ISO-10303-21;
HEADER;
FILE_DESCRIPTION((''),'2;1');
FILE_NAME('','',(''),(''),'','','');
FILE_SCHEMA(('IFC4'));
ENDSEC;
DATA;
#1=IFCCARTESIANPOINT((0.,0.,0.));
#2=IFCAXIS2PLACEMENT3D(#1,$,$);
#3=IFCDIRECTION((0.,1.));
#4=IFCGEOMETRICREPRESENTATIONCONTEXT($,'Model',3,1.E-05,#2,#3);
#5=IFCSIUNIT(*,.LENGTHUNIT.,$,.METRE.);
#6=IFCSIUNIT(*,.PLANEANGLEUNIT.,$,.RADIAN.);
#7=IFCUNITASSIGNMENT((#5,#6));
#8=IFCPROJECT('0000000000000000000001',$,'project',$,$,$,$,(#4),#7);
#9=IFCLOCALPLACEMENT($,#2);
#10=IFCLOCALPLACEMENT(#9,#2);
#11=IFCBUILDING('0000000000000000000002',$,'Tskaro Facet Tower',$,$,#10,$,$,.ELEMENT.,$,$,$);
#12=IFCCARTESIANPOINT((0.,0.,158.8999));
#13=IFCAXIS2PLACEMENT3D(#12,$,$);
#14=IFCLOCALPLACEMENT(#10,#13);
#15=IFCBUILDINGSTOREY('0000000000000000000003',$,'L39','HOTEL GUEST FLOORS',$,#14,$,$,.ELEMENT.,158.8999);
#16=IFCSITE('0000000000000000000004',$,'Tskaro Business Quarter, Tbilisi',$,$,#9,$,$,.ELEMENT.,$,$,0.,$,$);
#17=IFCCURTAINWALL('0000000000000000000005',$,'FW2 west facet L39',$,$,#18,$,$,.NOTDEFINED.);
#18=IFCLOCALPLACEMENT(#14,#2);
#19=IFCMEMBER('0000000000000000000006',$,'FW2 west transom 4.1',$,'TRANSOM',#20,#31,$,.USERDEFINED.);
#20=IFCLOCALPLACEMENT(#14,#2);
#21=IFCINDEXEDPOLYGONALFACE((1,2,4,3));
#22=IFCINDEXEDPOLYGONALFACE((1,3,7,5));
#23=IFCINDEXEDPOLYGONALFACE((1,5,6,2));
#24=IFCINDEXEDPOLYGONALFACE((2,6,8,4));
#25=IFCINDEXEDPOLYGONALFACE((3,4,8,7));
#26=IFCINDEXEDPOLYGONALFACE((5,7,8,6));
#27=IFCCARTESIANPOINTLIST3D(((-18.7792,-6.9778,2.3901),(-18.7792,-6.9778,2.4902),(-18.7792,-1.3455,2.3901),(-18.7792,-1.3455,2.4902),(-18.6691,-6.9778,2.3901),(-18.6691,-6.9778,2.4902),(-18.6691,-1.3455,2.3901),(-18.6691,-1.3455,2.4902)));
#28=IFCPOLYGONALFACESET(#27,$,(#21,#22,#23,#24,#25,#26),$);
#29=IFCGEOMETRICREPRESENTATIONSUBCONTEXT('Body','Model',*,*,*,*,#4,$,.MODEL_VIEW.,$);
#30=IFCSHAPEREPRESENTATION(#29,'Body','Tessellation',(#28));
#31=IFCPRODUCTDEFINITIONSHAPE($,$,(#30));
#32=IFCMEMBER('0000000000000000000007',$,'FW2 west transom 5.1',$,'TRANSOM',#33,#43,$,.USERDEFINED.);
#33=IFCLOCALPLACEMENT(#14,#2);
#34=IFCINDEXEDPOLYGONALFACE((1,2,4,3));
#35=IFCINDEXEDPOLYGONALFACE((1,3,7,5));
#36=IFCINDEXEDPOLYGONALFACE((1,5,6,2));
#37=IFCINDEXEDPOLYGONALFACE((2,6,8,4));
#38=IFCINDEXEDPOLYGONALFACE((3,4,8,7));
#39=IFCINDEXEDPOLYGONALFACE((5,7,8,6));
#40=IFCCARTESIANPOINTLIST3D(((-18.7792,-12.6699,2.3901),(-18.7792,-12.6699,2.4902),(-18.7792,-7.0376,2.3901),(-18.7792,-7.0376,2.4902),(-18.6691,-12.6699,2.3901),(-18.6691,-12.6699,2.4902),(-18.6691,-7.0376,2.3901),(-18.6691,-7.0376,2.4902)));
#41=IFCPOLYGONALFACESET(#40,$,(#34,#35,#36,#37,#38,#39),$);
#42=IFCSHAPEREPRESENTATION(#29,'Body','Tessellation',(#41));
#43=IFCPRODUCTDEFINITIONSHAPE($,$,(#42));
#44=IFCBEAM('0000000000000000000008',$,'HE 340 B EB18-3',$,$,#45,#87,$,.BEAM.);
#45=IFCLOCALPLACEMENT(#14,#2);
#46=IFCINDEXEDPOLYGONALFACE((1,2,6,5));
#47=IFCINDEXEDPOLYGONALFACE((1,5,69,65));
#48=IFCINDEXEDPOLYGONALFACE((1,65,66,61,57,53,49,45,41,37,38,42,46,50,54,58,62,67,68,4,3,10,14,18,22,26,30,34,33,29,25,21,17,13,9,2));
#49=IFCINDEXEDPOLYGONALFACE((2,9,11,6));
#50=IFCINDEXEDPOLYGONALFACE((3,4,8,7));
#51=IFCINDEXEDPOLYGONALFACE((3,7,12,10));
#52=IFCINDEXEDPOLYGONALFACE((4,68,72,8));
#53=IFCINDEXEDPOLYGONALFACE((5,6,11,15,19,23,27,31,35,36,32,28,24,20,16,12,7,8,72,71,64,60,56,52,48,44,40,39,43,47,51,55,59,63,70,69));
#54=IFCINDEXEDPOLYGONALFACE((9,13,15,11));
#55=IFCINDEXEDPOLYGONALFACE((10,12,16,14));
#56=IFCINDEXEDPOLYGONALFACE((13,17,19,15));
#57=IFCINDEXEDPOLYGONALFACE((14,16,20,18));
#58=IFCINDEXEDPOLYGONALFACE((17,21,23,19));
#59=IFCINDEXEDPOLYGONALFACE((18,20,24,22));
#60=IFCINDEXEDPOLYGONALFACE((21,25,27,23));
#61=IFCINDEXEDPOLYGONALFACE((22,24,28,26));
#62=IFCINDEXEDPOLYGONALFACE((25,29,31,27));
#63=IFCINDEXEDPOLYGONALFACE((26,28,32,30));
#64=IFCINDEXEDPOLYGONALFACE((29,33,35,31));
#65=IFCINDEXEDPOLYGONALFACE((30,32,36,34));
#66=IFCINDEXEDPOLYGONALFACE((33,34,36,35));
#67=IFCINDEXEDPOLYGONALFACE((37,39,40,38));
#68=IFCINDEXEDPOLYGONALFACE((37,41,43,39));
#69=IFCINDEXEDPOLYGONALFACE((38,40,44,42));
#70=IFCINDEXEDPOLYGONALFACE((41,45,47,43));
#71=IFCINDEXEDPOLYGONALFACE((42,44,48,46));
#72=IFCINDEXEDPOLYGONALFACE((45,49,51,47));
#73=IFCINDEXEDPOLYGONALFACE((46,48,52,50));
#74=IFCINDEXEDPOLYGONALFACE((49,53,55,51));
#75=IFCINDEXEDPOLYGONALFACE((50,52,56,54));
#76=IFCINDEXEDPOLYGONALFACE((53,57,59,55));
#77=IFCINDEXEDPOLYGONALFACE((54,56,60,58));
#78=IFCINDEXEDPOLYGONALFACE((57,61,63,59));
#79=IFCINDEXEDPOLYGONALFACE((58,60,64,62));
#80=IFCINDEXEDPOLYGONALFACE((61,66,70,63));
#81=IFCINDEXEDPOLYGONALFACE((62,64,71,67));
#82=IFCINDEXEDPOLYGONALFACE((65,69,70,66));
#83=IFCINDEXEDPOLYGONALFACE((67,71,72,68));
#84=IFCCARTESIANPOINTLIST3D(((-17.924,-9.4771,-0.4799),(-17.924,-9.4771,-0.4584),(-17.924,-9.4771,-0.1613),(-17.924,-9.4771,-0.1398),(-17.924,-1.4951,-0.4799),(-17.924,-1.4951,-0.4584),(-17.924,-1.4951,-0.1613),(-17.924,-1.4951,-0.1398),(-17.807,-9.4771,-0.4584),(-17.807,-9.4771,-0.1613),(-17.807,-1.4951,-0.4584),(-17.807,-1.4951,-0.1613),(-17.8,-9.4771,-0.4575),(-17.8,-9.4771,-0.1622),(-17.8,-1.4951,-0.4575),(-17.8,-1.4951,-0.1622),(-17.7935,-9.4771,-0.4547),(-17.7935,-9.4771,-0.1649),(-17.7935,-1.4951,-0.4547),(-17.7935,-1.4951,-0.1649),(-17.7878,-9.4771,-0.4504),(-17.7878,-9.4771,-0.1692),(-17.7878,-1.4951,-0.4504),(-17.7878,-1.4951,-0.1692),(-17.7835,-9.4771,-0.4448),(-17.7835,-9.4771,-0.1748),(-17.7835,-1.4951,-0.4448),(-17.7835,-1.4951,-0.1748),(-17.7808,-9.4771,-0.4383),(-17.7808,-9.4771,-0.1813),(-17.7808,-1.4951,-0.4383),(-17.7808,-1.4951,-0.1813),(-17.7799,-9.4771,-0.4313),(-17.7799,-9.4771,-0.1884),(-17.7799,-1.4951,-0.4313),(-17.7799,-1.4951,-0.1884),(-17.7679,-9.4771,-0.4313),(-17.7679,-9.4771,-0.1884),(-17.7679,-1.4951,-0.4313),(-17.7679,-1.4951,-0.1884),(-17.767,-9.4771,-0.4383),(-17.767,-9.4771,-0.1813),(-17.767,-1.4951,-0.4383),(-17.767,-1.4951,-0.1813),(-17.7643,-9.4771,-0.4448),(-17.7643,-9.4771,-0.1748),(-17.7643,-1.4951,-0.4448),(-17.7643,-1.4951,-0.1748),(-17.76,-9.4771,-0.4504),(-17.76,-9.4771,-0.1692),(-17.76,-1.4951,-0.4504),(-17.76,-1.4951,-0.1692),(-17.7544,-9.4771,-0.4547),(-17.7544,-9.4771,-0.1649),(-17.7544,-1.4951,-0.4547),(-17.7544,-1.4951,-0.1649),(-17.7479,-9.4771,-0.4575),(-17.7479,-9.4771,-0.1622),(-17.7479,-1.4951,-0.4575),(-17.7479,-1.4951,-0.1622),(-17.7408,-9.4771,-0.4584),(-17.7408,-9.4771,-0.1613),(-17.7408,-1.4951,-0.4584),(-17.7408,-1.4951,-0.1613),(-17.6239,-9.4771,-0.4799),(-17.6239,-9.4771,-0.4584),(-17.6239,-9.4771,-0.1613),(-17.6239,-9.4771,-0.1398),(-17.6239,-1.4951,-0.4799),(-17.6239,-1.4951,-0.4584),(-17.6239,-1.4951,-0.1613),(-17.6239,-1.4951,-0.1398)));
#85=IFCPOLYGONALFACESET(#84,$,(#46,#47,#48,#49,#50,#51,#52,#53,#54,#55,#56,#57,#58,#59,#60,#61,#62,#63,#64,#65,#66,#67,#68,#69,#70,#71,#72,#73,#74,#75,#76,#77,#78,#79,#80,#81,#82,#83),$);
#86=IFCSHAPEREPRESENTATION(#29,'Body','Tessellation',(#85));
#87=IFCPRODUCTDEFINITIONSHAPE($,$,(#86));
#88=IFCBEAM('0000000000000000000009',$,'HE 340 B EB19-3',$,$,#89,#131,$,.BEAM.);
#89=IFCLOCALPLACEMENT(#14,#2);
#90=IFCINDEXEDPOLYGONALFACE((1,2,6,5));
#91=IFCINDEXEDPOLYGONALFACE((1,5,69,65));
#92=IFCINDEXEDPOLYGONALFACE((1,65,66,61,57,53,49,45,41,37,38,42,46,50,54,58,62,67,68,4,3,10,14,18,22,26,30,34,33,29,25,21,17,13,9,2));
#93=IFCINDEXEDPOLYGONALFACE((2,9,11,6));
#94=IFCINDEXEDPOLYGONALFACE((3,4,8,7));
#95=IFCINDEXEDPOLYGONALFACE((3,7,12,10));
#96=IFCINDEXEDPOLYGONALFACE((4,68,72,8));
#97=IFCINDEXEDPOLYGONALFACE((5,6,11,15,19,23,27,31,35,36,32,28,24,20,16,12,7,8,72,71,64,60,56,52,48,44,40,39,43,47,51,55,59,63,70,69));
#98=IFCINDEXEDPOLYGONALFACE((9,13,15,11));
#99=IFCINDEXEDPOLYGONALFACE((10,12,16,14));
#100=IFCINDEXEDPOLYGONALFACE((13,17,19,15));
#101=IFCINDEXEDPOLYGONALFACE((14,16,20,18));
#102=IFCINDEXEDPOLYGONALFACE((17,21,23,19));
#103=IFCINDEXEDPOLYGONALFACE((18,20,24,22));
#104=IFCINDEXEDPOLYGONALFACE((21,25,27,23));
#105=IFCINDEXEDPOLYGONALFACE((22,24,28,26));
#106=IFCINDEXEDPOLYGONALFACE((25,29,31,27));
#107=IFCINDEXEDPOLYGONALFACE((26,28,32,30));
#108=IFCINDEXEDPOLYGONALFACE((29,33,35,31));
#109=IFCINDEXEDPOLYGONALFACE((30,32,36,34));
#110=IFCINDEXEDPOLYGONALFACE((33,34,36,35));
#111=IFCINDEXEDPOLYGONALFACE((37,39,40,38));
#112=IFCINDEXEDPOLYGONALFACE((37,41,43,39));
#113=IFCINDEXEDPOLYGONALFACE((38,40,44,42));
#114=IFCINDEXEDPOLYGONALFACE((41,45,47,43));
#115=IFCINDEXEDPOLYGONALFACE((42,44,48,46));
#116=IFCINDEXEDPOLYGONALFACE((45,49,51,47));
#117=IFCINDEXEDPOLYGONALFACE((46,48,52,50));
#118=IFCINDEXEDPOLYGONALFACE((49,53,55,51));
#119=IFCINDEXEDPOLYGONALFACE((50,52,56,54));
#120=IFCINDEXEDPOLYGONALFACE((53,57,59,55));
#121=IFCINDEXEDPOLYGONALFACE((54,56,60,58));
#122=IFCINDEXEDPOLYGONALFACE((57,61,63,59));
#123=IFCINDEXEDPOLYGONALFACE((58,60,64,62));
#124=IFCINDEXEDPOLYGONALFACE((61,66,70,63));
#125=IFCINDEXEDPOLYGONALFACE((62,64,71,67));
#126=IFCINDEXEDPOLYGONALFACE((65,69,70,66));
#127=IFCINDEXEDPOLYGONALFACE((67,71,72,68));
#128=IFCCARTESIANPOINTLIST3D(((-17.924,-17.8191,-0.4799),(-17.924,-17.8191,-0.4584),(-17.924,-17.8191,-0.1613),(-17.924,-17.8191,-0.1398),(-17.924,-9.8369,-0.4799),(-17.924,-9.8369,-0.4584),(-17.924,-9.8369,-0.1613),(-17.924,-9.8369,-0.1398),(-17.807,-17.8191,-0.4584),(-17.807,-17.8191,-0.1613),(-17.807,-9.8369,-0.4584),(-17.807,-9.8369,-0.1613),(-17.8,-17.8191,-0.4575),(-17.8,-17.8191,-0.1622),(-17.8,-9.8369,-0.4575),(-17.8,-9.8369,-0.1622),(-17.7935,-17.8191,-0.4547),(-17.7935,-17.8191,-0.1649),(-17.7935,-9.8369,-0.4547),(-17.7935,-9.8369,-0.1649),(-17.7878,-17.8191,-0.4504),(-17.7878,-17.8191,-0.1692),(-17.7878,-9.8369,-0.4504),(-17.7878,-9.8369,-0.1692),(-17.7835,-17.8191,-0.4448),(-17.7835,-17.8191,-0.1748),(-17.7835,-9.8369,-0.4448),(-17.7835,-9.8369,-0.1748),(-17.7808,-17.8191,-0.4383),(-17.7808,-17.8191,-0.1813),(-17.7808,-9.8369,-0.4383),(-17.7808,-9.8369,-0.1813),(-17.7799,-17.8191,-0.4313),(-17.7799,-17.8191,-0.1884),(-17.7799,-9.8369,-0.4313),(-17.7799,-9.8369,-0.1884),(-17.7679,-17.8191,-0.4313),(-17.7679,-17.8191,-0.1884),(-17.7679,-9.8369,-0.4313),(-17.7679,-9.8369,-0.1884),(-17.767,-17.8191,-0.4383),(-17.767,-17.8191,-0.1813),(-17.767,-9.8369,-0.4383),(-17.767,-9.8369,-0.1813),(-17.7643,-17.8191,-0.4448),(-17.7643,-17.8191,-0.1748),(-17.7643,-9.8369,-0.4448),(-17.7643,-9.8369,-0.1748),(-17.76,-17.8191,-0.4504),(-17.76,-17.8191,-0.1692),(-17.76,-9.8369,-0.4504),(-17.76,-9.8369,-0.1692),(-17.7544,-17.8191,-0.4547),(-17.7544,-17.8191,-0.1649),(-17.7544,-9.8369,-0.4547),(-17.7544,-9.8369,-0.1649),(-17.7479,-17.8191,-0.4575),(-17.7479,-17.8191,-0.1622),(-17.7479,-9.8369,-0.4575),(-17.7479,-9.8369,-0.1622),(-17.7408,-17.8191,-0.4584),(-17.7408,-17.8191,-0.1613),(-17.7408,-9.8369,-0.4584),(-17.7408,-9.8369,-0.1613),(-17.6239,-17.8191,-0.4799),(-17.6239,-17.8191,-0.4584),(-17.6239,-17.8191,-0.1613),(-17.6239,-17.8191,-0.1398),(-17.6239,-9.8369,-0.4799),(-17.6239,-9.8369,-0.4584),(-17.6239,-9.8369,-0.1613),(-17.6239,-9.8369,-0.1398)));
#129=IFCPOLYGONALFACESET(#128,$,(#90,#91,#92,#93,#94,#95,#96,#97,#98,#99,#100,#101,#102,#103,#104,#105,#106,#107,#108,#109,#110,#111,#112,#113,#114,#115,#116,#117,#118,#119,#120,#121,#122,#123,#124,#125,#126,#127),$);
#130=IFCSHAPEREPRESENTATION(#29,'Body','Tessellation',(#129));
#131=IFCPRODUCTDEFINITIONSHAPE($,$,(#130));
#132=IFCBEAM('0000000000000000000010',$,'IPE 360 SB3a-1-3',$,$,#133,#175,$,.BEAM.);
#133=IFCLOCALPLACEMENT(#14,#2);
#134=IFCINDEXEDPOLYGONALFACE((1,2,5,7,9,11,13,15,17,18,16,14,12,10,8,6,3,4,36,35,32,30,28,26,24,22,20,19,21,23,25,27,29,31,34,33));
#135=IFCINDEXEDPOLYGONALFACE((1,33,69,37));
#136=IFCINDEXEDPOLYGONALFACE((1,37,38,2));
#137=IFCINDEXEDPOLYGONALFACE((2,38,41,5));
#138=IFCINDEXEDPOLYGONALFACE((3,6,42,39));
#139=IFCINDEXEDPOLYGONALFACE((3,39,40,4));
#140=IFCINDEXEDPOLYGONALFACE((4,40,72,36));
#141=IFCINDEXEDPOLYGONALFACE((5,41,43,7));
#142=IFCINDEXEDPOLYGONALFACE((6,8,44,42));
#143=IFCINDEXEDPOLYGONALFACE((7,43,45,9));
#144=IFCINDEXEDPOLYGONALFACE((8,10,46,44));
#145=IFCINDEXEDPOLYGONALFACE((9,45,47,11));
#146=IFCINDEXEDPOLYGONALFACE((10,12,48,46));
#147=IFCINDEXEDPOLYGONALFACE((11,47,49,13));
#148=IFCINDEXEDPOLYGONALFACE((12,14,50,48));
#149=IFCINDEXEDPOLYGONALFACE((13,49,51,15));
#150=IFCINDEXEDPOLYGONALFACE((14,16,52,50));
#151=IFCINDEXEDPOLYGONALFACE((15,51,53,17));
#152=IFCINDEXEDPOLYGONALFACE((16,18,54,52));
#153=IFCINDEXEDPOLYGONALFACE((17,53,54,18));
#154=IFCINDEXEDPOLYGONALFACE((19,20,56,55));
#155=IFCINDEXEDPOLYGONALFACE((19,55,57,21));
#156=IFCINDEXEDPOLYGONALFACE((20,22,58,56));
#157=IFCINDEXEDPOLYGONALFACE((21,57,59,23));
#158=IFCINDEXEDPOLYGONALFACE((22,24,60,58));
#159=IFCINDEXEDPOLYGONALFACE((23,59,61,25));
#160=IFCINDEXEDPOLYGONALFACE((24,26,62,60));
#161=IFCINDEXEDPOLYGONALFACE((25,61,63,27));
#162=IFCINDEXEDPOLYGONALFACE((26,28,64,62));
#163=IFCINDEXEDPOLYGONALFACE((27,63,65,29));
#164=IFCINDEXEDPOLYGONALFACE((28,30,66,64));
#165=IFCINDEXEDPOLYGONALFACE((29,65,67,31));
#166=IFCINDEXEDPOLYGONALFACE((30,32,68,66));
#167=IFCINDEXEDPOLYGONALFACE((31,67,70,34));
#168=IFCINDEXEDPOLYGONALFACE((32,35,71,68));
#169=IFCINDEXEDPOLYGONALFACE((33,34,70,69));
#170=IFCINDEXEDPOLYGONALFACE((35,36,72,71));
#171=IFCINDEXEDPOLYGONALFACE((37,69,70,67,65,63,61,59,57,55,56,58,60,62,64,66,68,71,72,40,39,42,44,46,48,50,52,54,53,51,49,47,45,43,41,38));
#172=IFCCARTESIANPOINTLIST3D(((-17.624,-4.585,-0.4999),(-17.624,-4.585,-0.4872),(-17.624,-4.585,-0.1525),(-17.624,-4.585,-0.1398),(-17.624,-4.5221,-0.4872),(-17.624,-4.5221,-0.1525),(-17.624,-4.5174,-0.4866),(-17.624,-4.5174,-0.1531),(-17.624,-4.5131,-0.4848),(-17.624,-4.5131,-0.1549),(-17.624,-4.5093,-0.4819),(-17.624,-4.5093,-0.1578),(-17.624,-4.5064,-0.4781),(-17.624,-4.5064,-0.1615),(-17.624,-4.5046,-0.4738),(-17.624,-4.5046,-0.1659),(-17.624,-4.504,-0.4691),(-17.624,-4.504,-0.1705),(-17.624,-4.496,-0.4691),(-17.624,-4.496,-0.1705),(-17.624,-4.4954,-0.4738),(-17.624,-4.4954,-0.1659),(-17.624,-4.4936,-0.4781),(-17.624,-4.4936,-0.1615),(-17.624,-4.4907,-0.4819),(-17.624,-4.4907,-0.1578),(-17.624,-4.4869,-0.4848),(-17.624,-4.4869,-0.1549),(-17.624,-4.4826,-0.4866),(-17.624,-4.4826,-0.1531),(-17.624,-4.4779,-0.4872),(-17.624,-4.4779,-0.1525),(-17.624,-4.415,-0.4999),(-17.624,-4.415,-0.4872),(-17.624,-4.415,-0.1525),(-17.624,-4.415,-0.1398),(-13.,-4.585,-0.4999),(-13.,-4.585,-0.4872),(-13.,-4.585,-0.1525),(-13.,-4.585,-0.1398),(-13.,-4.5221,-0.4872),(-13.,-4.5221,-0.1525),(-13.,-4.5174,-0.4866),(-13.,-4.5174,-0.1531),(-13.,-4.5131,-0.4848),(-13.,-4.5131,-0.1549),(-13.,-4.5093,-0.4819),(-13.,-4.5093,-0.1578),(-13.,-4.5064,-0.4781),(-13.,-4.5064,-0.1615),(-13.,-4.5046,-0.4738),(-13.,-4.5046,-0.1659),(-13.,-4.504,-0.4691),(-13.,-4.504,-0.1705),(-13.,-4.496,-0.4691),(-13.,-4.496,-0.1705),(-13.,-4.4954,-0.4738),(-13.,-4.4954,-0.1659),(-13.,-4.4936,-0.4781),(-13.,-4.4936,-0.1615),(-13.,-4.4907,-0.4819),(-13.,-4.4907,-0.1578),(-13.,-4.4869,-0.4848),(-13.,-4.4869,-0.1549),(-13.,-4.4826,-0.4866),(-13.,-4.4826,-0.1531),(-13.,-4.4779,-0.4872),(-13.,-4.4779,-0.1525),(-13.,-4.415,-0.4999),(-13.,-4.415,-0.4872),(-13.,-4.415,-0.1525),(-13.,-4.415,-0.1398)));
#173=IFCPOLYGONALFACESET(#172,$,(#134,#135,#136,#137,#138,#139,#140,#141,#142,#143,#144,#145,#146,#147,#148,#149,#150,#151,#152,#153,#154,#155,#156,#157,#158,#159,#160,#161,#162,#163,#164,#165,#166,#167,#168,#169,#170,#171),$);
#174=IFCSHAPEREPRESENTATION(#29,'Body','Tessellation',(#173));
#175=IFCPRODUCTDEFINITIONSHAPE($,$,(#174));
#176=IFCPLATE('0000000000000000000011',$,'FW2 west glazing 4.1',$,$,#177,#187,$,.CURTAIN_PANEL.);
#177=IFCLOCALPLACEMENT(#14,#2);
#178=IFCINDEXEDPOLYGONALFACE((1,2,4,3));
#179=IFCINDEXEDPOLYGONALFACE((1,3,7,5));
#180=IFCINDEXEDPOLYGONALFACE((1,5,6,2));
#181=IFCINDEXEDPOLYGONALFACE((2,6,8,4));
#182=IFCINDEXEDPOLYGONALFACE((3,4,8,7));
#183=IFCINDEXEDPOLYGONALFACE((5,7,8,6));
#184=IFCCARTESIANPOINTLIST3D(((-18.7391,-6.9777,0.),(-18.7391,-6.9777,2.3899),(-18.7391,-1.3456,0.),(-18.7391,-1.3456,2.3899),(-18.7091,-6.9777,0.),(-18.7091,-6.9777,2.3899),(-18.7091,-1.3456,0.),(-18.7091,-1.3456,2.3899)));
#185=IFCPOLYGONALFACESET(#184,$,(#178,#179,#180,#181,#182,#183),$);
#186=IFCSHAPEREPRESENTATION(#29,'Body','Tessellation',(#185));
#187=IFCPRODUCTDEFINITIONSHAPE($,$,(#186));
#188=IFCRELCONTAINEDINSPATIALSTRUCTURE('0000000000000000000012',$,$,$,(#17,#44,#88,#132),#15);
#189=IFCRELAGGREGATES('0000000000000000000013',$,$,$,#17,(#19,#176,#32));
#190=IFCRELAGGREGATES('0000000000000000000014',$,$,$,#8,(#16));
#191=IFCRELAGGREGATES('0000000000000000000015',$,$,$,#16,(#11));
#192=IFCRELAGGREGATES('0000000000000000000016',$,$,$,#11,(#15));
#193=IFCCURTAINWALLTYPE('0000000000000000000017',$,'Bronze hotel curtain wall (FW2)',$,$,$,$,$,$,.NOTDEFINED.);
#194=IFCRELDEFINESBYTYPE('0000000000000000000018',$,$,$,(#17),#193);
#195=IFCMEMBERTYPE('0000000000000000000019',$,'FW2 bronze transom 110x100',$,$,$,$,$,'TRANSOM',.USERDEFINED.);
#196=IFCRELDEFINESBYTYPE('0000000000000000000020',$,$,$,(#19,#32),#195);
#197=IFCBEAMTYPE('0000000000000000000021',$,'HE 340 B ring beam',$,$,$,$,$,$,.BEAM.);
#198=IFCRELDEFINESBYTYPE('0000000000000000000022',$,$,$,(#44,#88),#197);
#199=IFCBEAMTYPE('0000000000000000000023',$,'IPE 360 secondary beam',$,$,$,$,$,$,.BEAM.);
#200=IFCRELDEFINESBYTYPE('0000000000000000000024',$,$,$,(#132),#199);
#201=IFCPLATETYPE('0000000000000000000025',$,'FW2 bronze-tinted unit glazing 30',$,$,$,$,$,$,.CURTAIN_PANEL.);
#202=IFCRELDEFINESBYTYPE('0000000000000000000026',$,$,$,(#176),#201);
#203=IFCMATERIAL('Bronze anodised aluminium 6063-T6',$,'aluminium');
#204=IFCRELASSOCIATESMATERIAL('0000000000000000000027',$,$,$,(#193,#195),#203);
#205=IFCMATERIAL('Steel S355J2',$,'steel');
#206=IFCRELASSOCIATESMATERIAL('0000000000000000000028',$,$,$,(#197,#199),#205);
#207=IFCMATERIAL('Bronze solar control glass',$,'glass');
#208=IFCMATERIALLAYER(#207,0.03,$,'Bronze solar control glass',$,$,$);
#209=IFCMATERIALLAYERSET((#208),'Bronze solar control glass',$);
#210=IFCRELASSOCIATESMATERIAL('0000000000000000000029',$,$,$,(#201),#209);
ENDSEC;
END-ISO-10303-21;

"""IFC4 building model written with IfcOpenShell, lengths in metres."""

from ifc_helpers import new_model, si_unit, direction, frame, origin, origin_2d, place, context, subcontext, project, spatial, rectangle, i_section, extrude, material, layer, layer_set, material_profile, profile_set, type_object, element, aggregate, save


model = new_model("IFC4")

# Units and contexts
model_context = context("Model", 3, precision=1e-05, world=origin(), true_north=direction((0.0, 1.0)))
body_context = subcontext(model_context, "Body", "Model", "MODEL_VIEW")
ifc_project = project(units=[si_unit("LENGTHUNIT", "METRE"), si_unit("PLANEANGLEUNIT", "RADIAN")], contexts=[model_context])

# Site, building, storey
site_placement = place(None, origin())
site = spatial("IfcSite", under=ifc_project, at=site_placement, Name="Tskaro Business Quarter, Tbilisi", CompositionType="ELEMENT", RefElevation=0.0)
building_placement = place(site_placement, origin())
building = spatial("IfcBuilding", under=site, at=building_placement, Name="Tskaro Facet Tower", CompositionType="ELEMENT")
storey_placement = place(building_placement, frame((0.0, 0.0, 158.8999)))
storey = spatial("IfcBuildingStorey", under=building, at=storey_placement, Name="L39", Description="HOTEL GUEST FLOORS", CompositionType="ELEMENT", Elevation=158.8999)

# Curtain wall, members
ifc_material_1 = material(Name="Bronze anodised aluminium 6063-T6", Category="aluminium")
curtain_wall_type = type_object("IfcCurtainWallType", Name="Bronze hotel curtain wall (FW2)", PredefinedType="NOTDEFINED", material=ifc_material_1)
curtain_wall_placement = place(storey_placement, origin())
curtain_wall = element("IfcCurtainWall", 1, at=curtain_wall_placement, inside=storey, type_object=curtain_wall_type, Name="FW2 west facet L39", PredefinedType="NOTDEFINED")
ifc_material_profile_1 = material_profile(ifc_material_1, rectangle(XDim=0.1101, YDim=0.1001, at=origin_2d()), Name="Transom 110x100")
ifc_profile_set_1 = profile_set([ifc_material_profile_1], Name="Bronze anodised aluminium 6063-T6")
member_type_1 = type_object("IfcMemberType", Name="FW2 bronze transom 110x100", ElementType="TRANSOM", PredefinedType="USERDEFINED", material=ifc_profile_set_1)
member_1_placement = place(storey_placement, frame((-18.7241, -1.3455, 2.4402), z_axis=(0.0, -1.0, 0.0), x_axis=(1.0, 0.0, 0.0)))
member_1 = element("IfcMember", 2, at=member_1_placement, type_object=member_type_1, Name="FW2 west transom 4.1", ObjectType="TRANSOM", PredefinedType="USERDEFINED", context=body_context, shape_type="SweptSolid", body=[
    extrude(rectangle(XDim=0.1101, YDim=0.1001, at=origin_2d()), origin(), (0.0, 0.0, 1.0), 5.6323),
])
member_2_placement = place(storey_placement, frame((-18.7241, -7.0376, 2.4402), z_axis=(0.0, -1.0, 0.0), x_axis=(1.0, 0.0, 0.0)))
member_2 = element("IfcMember", 3, at=member_2_placement, type_object=member_type_1, Name="FW2 west transom 5.1", ObjectType="TRANSOM", PredefinedType="USERDEFINED", context=body_context, shape_type="SweptSolid", body=[
    extrude(rectangle(XDim=0.1101, YDim=0.1001, at=origin_2d()), origin(), (0.0, 0.0, 1.0), 5.6323),
])

# Beams
ifc_material_2 = material(Name="Steel S355J2", Category="steel")
ifc_material_profile_2 = material_profile(ifc_material_2, i_section(OverallWidth=0.3, OverallDepth=0.3401, WebThickness=0.012, FlangeThickness=0.0215, FilletRadius=0.0271, at=origin_2d()), Name="HE 340 B")
ifc_profile_set_2 = profile_set([ifc_material_profile_2], Name="Steel S355J2")
beam_type_1 = type_object("IfcBeamType", Name="HE 340 B ring beam", PredefinedType="BEAM", material=ifc_profile_set_2)
beam_1_placement = place(storey_placement, frame((-17.7739, -1.4951, -0.3098), z_axis=(0.0, -1.0, 0.0), x_axis=(1.0, 0.0, 0.0)))
element("IfcBeam", 4, at=beam_1_placement, inside=storey, type_object=beam_type_1, Name="HE 340 B EB18-3", PredefinedType="BEAM", context=body_context, shape_type="SweptSolid", body=[
    extrude(i_section(OverallWidth=0.3, OverallDepth=0.3401, WebThickness=0.012, FlangeThickness=0.0215, FilletRadius=0.0271, at=origin_2d()), origin(), (0.0, 0.0, 1.0), 7.9819),
])
beam_2_placement = place(storey_placement, frame((-17.7739, -9.8369, -0.3098), z_axis=(0.0, -1.0, 0.0), x_axis=(1.0, 0.0, 0.0)))
element("IfcBeam", 5, at=beam_2_placement, inside=storey, type_object=beam_type_1, Name="HE 340 B EB19-3", PredefinedType="BEAM", context=body_context, shape_type="SweptSolid", body=[
    extrude(i_section(OverallWidth=0.3, OverallDepth=0.3401, WebThickness=0.012, FlangeThickness=0.0215, FilletRadius=0.0271, at=origin_2d()), origin(), (0.0, 0.0, 1.0), 7.9822),
])
ifc_material_profile_3 = material_profile(ifc_material_2, i_section(OverallWidth=0.1699, OverallDepth=0.3601, WebThickness=0.0081, FlangeThickness=0.0127, FilletRadius=0.0181, at=origin_2d()), Name="IPE 360")
ifc_profile_set_3 = profile_set([ifc_material_profile_3], Name="Steel S355J2")
beam_type_2 = type_object("IfcBeamType", Name="IPE 360 secondary beam", PredefinedType="BEAM", material=ifc_profile_set_3)
beam_3_placement = place(storey_placement, frame((-17.624, -4.5, -0.3198), z_axis=(1.0, 0.0, 0.0), x_axis=(0.0, 1.0, 0.0)))
element("IfcBeam", 6, at=beam_3_placement, inside=storey, type_object=beam_type_2, Name="IPE 360 SB3a-1-3", PredefinedType="BEAM", context=body_context, shape_type="SweptSolid", body=[
    extrude(i_section(OverallWidth=0.1699, OverallDepth=0.3601, WebThickness=0.0081, FlangeThickness=0.0127, FilletRadius=0.0181, at=origin_2d()), origin(), (0.0, 0.0, 1.0), 4.624),
])

# Plate
ifc_material_3 = material(Name="Bronze solar control glass", Category="glass")
ifc_layer_1 = layer(ifc_material_3, 0.03, Name="Bronze solar control glass")
ifc_layer_set_1 = layer_set([ifc_layer_1], Name="Bronze solar control glass")
plate_type = type_object("IfcPlateType", Name="FW2 bronze-tinted unit glazing 30", PredefinedType="CURTAIN_PANEL", material=ifc_layer_set_1)
plate_1_placement = place(storey_placement, frame((-18.7241, -4.1616, 0.0), z_axis=(0.0, 0.0, 1.0), x_axis=(0.0, -1.0, 0.0)))
plate_1 = element("IfcPlate", 7, at=plate_1_placement, type_object=plate_type, Name="FW2 west glazing 4.1", PredefinedType="CURTAIN_PANEL", context=body_context, shape_type="SweptSolid", body=[
    extrude(rectangle(XDim=5.6321, YDim=0.03, at=origin_2d()), origin(), (0.0, 0.0, 1.0), 2.3899),
])
aggregate(curtain_wall, [member_1, plate_1, member_2])

save(model, "model.ifc")
